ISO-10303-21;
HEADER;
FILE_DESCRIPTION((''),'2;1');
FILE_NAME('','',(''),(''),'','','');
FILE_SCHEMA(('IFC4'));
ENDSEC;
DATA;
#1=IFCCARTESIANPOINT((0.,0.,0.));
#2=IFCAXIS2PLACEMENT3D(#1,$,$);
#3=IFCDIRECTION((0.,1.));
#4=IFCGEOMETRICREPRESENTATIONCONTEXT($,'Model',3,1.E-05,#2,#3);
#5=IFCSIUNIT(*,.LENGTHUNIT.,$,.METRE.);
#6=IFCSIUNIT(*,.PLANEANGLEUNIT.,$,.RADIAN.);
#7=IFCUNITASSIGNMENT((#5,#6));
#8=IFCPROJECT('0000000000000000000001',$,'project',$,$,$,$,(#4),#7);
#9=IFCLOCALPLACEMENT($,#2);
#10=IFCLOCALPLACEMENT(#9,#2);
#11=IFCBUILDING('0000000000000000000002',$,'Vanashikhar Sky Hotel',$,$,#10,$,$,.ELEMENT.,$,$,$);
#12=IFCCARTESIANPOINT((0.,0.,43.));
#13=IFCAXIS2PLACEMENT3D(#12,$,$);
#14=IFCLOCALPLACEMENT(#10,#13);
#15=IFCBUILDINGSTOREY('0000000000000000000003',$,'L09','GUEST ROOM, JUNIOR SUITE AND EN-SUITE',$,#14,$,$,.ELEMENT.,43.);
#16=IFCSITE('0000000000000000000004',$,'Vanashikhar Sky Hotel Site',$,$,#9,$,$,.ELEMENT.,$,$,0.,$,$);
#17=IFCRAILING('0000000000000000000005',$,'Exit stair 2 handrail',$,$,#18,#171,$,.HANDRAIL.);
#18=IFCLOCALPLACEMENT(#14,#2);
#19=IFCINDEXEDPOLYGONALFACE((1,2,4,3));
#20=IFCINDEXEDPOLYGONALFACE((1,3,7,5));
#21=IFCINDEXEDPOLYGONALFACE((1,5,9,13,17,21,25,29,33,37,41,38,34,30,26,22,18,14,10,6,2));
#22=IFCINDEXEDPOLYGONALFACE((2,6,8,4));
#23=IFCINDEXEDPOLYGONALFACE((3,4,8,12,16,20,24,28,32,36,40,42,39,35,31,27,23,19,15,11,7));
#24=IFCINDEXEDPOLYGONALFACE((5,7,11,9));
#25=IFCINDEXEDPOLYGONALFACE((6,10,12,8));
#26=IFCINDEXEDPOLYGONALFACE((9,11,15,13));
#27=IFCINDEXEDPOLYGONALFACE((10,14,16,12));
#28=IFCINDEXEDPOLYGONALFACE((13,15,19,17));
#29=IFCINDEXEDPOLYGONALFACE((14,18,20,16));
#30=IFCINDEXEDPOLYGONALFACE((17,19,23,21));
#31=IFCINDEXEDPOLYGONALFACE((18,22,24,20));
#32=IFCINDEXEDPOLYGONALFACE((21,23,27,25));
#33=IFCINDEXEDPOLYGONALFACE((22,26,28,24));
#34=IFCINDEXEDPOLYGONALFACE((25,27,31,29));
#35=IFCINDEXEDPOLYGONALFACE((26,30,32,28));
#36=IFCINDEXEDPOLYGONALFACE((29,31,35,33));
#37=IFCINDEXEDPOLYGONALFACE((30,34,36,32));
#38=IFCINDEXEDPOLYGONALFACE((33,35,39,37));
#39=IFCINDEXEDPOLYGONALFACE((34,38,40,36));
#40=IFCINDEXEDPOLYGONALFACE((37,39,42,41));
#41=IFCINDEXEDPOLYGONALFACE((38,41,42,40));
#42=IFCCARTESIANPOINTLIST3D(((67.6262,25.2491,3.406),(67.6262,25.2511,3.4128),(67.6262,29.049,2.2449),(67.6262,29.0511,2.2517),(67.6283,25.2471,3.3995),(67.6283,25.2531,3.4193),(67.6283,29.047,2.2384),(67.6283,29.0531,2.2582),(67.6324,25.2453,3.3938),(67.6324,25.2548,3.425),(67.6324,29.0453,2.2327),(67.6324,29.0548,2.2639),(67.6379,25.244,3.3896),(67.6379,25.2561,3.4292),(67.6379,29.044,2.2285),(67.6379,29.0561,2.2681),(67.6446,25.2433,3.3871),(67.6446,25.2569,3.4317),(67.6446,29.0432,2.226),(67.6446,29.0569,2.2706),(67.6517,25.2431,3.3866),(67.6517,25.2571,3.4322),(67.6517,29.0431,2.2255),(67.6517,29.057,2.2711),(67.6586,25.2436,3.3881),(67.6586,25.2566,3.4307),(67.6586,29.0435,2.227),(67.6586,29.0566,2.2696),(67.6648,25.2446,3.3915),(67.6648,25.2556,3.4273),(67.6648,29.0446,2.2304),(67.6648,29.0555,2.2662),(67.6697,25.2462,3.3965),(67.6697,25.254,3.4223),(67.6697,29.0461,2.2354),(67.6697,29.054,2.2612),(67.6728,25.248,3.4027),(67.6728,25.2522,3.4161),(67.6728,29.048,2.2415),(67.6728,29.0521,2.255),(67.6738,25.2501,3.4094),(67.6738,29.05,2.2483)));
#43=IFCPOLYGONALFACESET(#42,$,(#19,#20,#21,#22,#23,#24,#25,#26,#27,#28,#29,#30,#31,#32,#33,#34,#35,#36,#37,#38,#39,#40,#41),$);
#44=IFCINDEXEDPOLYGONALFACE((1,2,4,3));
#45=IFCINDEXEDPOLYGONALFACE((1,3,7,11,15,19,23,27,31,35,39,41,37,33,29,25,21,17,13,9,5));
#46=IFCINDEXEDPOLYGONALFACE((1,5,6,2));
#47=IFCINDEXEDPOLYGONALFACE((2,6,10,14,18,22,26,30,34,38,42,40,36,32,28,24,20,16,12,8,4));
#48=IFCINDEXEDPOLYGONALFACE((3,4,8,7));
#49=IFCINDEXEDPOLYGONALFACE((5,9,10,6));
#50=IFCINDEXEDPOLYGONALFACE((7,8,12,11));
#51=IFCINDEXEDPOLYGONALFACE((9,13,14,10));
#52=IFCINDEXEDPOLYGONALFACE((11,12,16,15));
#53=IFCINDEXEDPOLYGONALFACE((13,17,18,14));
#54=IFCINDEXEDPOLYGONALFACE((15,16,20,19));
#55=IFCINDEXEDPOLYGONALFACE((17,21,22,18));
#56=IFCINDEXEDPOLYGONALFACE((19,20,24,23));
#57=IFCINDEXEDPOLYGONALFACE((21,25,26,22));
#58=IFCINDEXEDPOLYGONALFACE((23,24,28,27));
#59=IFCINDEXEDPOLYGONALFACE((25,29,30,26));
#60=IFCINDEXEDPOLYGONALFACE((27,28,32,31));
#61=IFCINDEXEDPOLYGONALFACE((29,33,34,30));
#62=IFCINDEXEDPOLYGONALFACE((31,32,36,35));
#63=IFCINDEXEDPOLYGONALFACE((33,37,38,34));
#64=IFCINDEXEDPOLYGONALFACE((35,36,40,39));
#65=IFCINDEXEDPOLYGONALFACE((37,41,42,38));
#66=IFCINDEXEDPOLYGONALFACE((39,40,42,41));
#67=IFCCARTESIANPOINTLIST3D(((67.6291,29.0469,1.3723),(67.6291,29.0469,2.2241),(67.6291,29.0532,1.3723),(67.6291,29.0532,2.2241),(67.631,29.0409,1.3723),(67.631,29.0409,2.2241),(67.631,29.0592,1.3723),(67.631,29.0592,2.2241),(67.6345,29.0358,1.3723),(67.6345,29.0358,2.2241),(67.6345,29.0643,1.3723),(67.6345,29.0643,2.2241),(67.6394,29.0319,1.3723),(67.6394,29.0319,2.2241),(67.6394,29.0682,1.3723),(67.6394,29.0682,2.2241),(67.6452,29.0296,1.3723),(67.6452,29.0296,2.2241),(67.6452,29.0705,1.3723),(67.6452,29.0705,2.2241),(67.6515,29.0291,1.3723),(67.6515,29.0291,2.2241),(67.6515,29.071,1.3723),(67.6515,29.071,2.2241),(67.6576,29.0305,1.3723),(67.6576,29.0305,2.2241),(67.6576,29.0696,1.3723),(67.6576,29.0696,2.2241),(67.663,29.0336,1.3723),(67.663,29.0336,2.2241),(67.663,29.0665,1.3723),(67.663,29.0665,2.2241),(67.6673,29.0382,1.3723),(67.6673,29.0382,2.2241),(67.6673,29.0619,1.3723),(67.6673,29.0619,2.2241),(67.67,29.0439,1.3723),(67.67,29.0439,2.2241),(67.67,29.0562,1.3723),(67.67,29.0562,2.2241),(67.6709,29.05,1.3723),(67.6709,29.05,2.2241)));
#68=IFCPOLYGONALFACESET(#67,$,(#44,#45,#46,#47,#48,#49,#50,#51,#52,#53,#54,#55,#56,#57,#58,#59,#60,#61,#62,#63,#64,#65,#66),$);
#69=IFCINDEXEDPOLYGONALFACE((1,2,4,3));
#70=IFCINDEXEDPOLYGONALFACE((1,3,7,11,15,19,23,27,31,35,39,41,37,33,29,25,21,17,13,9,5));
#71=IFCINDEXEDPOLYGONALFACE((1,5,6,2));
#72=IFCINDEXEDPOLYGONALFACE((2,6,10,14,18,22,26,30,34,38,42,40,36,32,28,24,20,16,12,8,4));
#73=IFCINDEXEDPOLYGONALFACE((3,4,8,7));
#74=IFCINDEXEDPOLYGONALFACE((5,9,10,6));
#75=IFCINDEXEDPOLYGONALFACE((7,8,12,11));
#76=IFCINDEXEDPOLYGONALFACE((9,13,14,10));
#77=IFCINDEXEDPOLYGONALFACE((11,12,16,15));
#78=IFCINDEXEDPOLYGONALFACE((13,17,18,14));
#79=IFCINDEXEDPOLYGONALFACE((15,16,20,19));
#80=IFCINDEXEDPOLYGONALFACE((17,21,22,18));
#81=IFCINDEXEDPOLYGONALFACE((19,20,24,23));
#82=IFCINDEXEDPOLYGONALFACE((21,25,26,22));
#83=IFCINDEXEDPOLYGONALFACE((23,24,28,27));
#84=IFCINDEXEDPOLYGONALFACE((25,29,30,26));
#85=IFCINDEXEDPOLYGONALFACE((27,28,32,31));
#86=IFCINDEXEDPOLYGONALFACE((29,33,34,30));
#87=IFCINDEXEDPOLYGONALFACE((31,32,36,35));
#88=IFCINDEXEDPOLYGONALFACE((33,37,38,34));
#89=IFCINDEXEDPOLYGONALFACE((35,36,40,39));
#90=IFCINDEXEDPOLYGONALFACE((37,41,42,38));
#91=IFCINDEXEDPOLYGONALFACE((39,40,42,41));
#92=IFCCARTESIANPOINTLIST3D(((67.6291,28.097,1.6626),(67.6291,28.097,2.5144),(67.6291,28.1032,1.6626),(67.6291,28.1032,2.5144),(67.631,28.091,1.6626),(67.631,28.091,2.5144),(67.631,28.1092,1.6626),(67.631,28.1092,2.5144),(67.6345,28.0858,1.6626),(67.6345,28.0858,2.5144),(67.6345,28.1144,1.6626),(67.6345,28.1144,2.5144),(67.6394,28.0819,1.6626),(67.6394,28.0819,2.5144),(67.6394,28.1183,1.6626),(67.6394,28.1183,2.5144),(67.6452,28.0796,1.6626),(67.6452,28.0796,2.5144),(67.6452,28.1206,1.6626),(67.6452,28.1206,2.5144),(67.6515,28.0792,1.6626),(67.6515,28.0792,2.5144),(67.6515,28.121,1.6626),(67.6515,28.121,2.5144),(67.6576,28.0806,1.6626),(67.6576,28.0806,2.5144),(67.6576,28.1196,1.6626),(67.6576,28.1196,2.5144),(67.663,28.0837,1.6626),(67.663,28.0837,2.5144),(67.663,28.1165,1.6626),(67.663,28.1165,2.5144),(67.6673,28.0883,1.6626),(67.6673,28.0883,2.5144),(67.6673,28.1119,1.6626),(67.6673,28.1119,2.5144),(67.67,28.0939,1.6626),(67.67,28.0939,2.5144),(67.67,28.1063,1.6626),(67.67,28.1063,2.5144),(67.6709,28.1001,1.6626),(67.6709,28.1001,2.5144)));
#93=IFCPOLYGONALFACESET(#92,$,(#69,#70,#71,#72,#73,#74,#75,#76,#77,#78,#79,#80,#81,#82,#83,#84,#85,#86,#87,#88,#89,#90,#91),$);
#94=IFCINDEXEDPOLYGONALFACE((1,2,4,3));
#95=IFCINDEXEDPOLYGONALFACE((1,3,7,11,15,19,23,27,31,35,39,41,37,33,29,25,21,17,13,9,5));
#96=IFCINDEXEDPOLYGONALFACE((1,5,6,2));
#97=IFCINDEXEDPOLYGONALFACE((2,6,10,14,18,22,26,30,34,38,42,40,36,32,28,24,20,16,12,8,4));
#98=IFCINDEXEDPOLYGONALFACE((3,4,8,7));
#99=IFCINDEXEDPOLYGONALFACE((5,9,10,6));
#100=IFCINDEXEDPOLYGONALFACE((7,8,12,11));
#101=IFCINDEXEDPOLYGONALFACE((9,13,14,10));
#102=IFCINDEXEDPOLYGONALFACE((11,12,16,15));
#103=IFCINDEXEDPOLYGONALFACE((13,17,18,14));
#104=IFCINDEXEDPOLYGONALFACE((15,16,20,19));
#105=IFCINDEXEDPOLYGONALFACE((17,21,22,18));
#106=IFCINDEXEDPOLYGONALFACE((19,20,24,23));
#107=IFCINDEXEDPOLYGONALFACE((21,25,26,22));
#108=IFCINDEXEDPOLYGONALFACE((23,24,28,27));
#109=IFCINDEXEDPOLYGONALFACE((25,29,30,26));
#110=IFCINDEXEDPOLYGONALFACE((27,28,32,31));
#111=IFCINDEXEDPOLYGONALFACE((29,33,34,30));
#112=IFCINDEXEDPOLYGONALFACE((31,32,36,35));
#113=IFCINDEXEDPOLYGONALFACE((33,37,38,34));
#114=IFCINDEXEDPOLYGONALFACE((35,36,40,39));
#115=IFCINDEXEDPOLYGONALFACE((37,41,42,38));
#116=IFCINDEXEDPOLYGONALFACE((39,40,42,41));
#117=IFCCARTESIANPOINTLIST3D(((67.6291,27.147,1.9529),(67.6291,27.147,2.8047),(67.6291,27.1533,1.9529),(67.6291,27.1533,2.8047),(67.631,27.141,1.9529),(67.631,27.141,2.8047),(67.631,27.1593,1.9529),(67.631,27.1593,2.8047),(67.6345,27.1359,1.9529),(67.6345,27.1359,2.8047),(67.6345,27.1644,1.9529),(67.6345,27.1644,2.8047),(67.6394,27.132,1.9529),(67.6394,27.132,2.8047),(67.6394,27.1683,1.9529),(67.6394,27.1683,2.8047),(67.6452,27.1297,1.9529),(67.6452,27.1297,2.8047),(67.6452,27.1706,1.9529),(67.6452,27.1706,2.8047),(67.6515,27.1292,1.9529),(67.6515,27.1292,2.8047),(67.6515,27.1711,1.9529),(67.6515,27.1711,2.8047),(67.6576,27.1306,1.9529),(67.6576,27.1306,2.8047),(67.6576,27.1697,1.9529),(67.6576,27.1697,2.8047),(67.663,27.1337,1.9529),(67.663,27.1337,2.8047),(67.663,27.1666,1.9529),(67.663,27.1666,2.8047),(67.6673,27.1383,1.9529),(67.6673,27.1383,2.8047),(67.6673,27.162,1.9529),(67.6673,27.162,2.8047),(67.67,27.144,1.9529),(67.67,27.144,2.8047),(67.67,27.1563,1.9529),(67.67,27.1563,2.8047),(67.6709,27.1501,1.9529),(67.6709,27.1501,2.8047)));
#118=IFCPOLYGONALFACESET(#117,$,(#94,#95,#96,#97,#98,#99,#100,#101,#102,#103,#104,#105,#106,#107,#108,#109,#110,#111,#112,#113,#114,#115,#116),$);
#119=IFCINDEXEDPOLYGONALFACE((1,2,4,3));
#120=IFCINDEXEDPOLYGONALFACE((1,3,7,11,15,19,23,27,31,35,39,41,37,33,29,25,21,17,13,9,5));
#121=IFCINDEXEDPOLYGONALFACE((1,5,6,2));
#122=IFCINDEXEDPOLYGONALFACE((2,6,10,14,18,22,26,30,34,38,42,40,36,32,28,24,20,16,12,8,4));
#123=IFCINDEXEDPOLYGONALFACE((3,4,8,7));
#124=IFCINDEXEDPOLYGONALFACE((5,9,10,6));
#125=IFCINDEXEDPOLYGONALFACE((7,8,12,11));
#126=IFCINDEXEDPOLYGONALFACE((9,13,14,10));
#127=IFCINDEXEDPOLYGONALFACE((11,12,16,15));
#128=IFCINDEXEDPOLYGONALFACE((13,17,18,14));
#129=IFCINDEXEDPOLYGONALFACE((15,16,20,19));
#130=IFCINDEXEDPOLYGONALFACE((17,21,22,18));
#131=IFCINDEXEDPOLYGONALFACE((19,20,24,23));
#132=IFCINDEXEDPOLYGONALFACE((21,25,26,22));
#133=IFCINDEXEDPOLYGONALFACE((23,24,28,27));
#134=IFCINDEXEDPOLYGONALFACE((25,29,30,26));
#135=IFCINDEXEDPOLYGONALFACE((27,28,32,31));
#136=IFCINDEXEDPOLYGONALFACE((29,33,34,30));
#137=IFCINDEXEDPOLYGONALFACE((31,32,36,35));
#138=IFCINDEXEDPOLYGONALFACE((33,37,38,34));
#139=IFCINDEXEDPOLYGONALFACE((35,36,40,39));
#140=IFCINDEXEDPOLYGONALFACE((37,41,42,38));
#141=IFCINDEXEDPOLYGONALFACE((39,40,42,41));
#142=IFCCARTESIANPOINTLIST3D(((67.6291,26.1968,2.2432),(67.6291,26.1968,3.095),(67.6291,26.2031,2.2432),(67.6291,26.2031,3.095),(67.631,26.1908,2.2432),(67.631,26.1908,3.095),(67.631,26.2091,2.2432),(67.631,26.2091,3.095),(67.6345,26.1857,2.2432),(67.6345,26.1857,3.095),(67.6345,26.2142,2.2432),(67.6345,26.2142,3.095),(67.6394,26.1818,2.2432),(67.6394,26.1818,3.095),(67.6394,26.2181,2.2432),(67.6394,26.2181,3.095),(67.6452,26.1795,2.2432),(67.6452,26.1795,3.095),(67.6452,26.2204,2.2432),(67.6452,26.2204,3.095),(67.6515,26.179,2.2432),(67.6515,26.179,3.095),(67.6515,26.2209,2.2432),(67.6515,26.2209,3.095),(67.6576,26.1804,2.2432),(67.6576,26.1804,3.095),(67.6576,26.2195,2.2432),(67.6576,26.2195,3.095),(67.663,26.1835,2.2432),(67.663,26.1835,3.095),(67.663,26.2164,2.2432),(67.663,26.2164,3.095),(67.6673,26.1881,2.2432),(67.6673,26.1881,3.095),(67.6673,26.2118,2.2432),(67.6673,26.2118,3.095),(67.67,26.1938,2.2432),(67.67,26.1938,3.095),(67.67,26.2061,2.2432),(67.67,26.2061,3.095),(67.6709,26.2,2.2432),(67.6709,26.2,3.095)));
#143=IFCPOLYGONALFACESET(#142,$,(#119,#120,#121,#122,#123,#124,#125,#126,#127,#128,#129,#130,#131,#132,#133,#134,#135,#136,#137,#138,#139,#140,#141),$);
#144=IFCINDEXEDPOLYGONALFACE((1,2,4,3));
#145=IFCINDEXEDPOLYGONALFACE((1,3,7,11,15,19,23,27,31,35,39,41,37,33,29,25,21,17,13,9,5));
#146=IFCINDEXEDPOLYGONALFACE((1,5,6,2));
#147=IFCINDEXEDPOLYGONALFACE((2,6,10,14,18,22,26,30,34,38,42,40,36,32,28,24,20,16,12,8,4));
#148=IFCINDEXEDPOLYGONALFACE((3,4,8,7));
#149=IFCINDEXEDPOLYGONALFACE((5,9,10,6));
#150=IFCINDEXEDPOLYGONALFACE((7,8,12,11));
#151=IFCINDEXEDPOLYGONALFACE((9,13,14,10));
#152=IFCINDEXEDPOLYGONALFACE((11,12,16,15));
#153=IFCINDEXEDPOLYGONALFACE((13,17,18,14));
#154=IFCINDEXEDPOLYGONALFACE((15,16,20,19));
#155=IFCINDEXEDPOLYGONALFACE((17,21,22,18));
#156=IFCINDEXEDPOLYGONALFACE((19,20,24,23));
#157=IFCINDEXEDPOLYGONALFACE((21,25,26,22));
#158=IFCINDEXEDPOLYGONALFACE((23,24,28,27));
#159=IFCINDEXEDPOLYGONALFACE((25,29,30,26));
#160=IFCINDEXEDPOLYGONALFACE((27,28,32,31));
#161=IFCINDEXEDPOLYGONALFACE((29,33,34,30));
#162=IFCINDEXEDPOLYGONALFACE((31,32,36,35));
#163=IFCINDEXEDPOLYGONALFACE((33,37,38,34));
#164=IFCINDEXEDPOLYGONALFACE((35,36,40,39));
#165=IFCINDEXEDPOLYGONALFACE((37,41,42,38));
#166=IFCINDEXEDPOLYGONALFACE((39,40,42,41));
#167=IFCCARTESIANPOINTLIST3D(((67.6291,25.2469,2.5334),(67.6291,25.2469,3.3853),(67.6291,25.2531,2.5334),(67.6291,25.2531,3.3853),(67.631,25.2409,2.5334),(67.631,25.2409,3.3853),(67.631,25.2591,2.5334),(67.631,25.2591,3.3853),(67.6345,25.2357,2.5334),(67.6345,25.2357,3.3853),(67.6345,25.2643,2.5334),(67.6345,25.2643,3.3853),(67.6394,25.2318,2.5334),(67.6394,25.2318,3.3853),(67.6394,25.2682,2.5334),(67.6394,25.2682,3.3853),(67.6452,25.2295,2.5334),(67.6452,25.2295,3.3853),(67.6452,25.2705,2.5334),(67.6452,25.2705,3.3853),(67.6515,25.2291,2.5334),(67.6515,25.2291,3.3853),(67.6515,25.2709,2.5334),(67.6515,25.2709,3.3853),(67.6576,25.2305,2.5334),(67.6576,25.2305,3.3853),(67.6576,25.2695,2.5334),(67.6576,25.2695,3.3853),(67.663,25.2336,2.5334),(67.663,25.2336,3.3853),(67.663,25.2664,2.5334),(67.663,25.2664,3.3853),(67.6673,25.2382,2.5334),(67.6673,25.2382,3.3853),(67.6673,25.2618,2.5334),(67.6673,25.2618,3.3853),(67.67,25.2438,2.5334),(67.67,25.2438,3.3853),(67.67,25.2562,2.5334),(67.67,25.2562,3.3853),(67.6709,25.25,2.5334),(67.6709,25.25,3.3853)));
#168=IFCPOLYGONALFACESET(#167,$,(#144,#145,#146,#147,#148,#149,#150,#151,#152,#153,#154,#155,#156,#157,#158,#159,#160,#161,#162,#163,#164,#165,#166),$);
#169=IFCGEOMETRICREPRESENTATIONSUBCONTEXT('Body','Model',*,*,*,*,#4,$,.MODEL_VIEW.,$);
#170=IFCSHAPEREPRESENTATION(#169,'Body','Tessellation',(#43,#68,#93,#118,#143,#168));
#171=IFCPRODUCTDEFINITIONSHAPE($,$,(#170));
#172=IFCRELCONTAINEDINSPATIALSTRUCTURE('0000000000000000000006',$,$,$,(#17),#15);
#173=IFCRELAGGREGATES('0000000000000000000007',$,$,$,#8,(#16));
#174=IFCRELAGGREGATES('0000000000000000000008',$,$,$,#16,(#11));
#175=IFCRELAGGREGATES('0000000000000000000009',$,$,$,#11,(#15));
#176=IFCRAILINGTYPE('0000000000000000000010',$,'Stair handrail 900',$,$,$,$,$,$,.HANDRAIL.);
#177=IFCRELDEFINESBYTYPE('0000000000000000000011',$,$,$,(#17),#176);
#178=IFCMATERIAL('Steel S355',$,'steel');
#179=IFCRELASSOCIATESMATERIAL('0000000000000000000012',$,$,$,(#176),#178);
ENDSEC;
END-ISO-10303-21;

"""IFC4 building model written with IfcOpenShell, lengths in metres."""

from ifc_helpers import new_model, si_unit, direction, frame, origin, origin_2d, place, context, subcontext, project, spatial, circle, extrude, source, transform, mapped, material, type_object, element, save


model = new_model("IFC4")

# Units and contexts
model_context = context("Model", 3, precision=1e-05, world=origin(), true_north=direction((0.0, 1.0)))
body_context = subcontext(model_context, "Body", "Model", "MODEL_VIEW")
ifc_project = project(units=[si_unit("LENGTHUNIT", "METRE"), si_unit("PLANEANGLEUNIT", "RADIAN")], contexts=[model_context])

# Site, building, storey
site_placement = place(None, origin())
site = spatial("IfcSite", under=ifc_project, at=site_placement, Name="Vanashikhar Sky Hotel Site", CompositionType="ELEMENT", RefElevation=0.0)
building_placement = place(site_placement, origin())
building = spatial("IfcBuilding", under=site, at=building_placement, Name="Vanashikhar Sky Hotel", CompositionType="ELEMENT")
storey_placement = place(building_placement, frame((0.0, 0.0, 43.0)))
storey = spatial("IfcBuildingStorey", under=building, at=storey_placement, Name="L09", Description="GUEST ROOM, JUNIOR SUITE AND EN-SUITE", CompositionType="ELEMENT", Elevation=43.0)

# Railing
ifc_material_1 = material(Name="Steel S355", Category="steel")
railing_type_1 = type_object("IfcRailingType", Name="Stair handrail 900", PredefinedType="HANDRAIL", material=ifc_material_1)
shared_shape_1 = source(origin(), body_context, "Body", "SweptSolid", [
    extrude(circle(Radius=0.0239, at=origin_2d()), frame((0.0, 0.0, 0.876), z_axis=(0.0, -0.956351, 0.29222), x_axis=(1.0, 0.0, 0.0)), (0.0, 0.0, 1.0), 3.9734),
    extrude(circle(Radius=0.021, at=origin_2d()), origin(), (0.0, 0.0, 1.0), 0.8518),
    extrude(circle(Radius=0.021, at=origin_2d()), frame((0.0, -0.95, 0.2903)), (0.0, 0.0, 1.0), 0.8518),
    extrude(circle(Radius=0.021, at=origin_2d()), frame((0.0, -1.8999, 0.5806)), (0.0, 0.0, 1.0), 0.8518),
    extrude(circle(Radius=0.021, at=origin_2d()), frame((0.0, -2.8501, 0.8708)), (0.0, 0.0, 1.0), 0.8518),
    extrude(circle(Radius=0.021, at=origin_2d()), frame((0.0, -3.8, 1.1611)), (0.0, 0.0, 1.0), 0.8518),
])
railing_1_placement = place(storey_placement, frame((67.6499, 29.05, 1.3723)))
element("IfcRailing", 1, at=railing_1_placement, inside=storey, type_object=railing_type_1, Name="Exit stair 2 handrail", PredefinedType="HANDRAIL", context=body_context, shape_type="MappedRepresentation", body=[
    mapped(shared_shape_1, transform((0.0, 0.0, 0.0), scale=1.0)),
])

save(model, "model.ifc")
